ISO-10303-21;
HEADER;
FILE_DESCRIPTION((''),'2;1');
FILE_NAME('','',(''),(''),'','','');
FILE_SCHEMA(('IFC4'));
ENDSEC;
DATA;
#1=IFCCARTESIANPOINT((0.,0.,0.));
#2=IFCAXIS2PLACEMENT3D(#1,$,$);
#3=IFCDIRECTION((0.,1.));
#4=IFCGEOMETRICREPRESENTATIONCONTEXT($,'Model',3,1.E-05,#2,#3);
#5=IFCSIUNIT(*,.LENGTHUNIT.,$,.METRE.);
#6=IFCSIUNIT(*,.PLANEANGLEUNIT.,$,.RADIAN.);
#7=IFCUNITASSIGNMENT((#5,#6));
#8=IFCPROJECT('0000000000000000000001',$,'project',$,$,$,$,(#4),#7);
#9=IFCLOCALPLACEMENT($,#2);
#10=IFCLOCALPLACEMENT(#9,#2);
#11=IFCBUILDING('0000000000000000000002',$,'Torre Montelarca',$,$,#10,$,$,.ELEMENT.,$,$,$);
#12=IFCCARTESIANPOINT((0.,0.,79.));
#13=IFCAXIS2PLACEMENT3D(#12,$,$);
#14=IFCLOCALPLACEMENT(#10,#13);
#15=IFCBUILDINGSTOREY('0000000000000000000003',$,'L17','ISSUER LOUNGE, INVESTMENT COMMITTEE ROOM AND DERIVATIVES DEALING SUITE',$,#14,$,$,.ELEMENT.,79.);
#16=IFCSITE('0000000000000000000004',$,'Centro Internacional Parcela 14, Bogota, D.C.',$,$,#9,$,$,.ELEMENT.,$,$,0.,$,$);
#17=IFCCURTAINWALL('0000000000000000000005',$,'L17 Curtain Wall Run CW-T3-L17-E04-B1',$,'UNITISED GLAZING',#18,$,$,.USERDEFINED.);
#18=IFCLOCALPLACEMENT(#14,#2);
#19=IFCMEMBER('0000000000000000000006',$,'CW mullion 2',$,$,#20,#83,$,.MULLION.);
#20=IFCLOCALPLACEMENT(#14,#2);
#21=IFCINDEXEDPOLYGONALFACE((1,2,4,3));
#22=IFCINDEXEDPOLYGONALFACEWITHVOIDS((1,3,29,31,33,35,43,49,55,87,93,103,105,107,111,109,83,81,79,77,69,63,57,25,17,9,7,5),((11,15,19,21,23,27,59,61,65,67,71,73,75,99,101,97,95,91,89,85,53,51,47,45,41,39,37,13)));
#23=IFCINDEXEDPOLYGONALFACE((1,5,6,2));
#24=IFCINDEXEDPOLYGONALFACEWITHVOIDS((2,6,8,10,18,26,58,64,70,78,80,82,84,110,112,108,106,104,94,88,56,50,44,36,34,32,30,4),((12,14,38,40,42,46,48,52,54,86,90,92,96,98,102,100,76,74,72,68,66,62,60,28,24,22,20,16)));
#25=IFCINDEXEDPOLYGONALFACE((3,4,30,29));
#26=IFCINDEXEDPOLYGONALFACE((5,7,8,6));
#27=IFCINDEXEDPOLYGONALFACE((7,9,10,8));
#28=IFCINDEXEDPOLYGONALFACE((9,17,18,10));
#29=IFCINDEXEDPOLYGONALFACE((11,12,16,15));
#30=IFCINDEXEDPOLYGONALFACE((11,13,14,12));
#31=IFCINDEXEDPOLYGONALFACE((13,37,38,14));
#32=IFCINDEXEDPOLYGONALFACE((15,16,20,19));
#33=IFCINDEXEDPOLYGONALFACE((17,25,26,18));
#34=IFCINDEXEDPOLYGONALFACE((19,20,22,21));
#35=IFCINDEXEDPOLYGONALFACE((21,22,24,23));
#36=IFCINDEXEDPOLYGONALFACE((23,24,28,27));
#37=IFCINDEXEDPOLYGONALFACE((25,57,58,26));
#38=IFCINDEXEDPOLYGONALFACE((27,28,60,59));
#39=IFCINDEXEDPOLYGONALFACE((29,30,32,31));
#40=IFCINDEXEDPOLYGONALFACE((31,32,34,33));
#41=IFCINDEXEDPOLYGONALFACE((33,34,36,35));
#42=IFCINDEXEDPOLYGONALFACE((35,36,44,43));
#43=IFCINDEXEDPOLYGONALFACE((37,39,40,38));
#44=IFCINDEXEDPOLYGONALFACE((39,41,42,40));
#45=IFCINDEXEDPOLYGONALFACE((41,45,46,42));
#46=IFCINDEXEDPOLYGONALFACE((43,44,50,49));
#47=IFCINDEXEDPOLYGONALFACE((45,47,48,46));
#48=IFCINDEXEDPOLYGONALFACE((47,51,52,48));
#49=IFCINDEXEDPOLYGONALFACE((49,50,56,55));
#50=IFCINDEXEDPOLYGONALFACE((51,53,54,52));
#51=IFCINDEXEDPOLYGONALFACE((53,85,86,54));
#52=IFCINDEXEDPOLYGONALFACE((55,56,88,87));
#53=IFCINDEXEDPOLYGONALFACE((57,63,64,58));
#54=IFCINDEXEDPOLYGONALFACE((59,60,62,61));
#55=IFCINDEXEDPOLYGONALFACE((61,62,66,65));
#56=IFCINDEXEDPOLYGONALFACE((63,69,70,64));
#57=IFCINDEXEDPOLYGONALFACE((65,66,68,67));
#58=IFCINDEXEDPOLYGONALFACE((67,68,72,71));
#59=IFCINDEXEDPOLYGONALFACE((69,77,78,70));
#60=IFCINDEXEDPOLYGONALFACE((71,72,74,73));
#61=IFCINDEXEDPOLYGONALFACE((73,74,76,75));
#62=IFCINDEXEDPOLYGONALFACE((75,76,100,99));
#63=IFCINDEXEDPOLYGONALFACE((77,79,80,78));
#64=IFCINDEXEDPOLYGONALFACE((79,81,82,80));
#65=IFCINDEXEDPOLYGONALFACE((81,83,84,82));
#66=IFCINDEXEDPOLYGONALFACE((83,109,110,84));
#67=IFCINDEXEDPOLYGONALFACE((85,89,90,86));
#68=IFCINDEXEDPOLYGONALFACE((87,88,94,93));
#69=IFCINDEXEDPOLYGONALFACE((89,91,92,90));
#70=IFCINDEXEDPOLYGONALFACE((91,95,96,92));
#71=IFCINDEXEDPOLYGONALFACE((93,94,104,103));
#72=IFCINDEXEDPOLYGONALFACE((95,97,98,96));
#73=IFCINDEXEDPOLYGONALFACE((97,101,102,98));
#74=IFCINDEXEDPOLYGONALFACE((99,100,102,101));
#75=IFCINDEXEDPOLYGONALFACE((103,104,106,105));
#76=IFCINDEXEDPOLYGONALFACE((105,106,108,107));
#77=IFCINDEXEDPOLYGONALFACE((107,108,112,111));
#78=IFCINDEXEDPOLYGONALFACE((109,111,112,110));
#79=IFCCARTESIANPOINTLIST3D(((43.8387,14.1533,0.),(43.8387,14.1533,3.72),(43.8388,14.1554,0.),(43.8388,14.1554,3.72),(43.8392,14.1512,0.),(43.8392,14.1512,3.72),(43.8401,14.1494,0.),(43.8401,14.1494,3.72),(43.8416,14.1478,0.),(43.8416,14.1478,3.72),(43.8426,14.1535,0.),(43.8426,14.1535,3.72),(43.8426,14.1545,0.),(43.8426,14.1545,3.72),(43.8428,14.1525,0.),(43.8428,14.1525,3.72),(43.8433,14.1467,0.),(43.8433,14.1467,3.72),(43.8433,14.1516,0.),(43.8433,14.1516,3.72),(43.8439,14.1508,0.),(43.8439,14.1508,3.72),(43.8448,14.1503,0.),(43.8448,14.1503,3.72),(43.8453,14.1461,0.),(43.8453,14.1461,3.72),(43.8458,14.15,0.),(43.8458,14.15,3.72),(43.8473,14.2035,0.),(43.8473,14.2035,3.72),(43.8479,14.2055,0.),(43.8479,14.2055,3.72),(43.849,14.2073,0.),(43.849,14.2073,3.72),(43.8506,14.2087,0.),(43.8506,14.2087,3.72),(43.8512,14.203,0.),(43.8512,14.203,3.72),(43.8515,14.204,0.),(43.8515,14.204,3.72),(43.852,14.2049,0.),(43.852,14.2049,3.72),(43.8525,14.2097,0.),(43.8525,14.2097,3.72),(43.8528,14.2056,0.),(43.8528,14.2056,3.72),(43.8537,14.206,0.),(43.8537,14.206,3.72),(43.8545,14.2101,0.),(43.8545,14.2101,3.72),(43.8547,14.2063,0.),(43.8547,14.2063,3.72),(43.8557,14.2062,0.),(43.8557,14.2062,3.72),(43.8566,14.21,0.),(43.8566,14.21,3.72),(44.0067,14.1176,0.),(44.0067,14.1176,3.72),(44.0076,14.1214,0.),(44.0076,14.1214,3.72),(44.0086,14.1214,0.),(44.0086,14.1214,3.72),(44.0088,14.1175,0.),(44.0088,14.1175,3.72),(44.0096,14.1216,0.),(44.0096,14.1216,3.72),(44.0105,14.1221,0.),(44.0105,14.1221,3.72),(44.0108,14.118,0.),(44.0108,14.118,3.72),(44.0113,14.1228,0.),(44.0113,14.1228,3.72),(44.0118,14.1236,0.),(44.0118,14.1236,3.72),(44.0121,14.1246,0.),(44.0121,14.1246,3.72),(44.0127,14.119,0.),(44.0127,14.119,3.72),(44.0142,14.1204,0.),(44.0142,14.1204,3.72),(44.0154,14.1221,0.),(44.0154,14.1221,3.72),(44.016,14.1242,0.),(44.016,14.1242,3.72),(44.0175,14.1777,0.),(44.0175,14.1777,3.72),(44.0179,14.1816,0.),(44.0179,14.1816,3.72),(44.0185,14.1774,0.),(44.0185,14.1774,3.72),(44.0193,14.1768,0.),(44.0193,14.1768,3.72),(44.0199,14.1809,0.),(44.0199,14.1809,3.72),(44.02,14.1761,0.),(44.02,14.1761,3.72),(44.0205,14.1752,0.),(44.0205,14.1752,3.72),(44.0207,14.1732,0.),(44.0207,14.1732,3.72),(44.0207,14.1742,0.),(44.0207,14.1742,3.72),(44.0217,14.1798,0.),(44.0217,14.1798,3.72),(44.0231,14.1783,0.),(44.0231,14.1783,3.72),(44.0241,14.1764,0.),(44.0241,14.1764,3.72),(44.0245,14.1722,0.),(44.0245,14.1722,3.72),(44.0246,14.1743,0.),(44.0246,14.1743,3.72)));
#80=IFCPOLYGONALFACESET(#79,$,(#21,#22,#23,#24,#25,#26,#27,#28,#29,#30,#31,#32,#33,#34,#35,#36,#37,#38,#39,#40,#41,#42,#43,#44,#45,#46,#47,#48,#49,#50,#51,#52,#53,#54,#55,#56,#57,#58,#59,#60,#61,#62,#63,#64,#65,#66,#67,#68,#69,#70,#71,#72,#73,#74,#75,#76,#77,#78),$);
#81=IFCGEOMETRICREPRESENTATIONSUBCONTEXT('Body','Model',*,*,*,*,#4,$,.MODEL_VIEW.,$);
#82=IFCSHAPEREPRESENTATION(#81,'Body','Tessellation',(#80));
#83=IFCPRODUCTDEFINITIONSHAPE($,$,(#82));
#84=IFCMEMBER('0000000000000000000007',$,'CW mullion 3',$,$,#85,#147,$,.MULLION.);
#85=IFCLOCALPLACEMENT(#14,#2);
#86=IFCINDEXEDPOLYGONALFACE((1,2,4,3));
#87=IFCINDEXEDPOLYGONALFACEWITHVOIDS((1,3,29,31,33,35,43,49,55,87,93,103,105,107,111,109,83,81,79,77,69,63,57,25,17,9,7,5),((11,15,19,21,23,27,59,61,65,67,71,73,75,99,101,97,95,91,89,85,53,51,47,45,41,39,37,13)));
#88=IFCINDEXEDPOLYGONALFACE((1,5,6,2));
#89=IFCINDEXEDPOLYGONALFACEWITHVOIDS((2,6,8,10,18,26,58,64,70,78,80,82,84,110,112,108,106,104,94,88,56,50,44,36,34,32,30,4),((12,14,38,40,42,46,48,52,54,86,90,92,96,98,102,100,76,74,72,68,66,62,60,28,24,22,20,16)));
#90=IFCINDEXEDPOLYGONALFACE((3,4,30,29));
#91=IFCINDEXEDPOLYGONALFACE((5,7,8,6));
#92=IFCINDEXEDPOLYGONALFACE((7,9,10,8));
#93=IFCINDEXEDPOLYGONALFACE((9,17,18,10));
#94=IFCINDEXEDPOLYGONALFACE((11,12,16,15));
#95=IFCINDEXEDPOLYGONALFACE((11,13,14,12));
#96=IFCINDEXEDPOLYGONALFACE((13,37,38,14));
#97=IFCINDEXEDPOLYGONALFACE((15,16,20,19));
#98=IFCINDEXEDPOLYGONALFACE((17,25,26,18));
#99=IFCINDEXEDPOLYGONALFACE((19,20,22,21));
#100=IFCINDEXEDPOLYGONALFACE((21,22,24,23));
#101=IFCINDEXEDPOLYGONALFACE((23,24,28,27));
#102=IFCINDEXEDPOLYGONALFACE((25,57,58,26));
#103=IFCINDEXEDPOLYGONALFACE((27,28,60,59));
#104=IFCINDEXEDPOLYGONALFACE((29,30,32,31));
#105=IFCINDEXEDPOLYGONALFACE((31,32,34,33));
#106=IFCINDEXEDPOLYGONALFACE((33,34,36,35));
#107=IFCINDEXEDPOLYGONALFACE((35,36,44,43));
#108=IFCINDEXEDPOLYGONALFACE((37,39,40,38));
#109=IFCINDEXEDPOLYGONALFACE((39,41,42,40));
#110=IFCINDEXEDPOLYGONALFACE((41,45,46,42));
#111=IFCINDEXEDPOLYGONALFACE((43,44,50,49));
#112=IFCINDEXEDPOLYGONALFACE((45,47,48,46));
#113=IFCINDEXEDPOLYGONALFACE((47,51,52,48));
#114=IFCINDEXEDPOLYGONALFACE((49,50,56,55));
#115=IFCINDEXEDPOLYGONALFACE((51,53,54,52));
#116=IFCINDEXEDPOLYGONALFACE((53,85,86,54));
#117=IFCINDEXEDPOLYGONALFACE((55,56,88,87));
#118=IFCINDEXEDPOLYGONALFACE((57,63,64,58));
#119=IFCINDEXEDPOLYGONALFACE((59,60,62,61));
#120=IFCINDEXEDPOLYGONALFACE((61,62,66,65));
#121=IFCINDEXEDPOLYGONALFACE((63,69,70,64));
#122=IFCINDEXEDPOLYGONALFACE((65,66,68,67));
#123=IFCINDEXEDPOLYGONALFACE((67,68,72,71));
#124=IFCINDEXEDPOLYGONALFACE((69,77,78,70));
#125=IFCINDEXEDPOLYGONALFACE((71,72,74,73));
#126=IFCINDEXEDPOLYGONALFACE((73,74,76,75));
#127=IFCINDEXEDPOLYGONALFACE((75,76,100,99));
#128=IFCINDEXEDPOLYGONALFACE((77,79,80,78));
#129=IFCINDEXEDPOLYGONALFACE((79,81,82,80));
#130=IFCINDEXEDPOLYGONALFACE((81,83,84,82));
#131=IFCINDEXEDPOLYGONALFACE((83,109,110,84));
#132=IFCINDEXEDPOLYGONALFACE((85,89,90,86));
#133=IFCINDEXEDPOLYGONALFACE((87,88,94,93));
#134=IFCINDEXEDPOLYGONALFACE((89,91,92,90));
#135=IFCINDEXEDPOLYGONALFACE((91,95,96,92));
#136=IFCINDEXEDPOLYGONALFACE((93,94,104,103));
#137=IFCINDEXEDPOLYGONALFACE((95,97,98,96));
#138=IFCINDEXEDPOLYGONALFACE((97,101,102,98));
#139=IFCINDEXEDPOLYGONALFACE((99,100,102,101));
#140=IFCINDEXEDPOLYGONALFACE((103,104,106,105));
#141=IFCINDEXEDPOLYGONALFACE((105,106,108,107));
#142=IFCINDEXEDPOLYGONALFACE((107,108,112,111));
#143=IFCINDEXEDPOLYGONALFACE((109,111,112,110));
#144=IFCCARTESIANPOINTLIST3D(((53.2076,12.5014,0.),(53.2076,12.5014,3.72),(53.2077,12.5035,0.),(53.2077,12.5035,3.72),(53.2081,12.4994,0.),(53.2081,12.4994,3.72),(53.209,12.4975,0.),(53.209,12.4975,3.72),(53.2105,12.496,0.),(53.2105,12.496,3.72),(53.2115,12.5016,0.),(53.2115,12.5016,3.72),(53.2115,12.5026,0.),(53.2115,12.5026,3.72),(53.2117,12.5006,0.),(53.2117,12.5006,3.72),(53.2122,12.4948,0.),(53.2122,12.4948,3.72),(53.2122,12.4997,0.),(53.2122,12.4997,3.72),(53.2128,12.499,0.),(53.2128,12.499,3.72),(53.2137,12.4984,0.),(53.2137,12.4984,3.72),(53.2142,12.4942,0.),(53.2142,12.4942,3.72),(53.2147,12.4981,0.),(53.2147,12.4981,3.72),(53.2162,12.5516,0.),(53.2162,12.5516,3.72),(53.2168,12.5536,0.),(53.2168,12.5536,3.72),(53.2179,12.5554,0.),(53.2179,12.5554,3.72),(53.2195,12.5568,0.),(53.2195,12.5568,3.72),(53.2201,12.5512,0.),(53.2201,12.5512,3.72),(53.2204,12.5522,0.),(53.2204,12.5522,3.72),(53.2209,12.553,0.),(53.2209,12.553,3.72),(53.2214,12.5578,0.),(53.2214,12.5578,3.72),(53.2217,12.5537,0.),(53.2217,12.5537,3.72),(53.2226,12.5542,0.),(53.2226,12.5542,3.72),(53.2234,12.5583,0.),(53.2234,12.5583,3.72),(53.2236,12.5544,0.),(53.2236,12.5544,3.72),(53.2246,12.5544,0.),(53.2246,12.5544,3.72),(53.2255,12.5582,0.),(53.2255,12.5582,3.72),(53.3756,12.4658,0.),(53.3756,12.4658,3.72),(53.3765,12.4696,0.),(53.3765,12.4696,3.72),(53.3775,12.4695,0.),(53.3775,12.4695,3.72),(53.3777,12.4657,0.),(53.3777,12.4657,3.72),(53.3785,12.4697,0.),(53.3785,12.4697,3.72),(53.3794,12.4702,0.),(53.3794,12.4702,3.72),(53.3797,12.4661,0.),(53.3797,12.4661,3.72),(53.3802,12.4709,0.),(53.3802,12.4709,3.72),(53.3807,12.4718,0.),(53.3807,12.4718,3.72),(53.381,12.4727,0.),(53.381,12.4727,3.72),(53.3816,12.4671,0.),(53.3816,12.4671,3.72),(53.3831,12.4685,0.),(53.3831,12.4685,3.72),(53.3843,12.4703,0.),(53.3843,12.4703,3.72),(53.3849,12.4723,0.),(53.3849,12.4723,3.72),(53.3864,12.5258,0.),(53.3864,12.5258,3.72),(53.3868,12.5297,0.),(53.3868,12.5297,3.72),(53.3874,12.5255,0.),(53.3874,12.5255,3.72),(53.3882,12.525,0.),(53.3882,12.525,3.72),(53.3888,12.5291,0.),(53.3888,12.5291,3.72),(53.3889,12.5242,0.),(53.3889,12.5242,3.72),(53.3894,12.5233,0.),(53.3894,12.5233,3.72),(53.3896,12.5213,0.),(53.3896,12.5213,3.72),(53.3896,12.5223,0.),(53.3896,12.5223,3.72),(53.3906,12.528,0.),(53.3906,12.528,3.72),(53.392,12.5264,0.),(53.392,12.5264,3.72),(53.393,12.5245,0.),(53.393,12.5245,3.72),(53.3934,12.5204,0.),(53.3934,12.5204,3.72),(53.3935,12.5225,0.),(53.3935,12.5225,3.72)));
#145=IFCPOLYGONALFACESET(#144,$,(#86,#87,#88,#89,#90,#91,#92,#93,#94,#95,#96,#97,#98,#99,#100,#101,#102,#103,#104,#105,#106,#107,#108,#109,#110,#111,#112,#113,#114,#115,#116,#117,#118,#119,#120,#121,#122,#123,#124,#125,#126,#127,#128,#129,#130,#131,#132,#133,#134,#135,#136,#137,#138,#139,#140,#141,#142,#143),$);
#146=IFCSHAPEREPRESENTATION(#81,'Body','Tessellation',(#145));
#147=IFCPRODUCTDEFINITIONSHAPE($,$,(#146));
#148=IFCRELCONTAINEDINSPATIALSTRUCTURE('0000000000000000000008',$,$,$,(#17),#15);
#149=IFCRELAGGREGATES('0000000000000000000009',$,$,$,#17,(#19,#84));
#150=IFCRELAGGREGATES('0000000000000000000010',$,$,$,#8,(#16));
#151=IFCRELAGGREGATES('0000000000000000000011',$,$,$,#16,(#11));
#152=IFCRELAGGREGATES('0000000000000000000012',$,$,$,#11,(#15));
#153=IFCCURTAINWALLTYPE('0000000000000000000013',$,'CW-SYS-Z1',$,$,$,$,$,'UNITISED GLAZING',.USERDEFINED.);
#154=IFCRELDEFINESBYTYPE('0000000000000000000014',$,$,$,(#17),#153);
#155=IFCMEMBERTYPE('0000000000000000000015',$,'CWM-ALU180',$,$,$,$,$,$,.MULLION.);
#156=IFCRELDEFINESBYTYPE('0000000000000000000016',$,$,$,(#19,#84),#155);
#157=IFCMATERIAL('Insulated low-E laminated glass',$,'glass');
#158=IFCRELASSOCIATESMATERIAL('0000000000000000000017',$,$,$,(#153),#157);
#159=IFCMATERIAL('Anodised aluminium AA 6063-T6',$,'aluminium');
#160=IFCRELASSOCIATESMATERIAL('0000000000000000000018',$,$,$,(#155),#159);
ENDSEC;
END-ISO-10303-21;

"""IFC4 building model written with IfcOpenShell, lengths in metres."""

from ifc_helpers import new_model, si_unit, direction, frame, origin, origin_2d, place, context, subcontext, project, spatial, hollow_rectangle, extrude, source, transform, mapped, material, material_profile, profile_set, type_object, element, aggregate, save


model = new_model("IFC4")

# Units and contexts
model_context = context("Model", 3, precision=1e-05, world=origin(), true_north=direction((0.0, 1.0)))
body_context = subcontext(model_context, "Body", "Model", "MODEL_VIEW")
ifc_project = project(units=[si_unit("LENGTHUNIT", "METRE"), si_unit("PLANEANGLEUNIT", "RADIAN")], contexts=[model_context])

# Site, building, storey
site_placement = place(None, origin())
site = spatial("IfcSite", under=ifc_project, at=site_placement, Name="Centro Internacional Parcela 14, Bogota, D.C.", CompositionType="ELEMENT", RefElevation=0.0)
building_placement = place(site_placement, origin())
building = spatial("IfcBuilding", under=site, at=building_placement, Name="Torre Montelarca", CompositionType="ELEMENT")
storey_placement = place(building_placement, frame((0.0, 0.0, 79.0)))
storey = spatial("IfcBuildingStorey", under=building, at=storey_placement, Name="L17", Description="ISSUER LOUNGE, INVESTMENT COMMITTEE ROOM AND DERIVATIVES DEALING SUITE", CompositionType="ELEMENT", Elevation=79.0)

# Curtain wall
ifc_material_1 = material(Name="Insulated low-E laminated glass", Category="glass")
curtain_wall_type = type_object("IfcCurtainWallType", Name="CW-SYS-Z1", ElementType="UNITISED GLAZING", PredefinedType="USERDEFINED", material=ifc_material_1)
curtain_wall_1_placement = place(storey_placement, origin())
curtain_wall_1 = element("IfcCurtainWall", 1, at=curtain_wall_1_placement, inside=storey, type_object=curtain_wall_type, Name="L17 Curtain Wall Run CW-T3-L17-E04-B1", ObjectType="UNITISED GLAZING", PredefinedType="USERDEFINED")
ifc_material_2 = material(Name="Anodised aluminium AA 6063-T6", Category="aluminium")

# Members
ifc_material_profile_1 = material_profile(ifc_material_2, hollow_rectangle(XDim=0.0649, YDim=0.1799, WallThickness=0.0039, InnerFilletRadius=0.0039, OuterFilletRadius=0.0081, at=origin_2d()), Name="ALU65X180X4", Category="aluminium")
ifc_profile_set_1 = profile_set([ifc_material_profile_1], Name="Anodised aluminium AA 6063-T6")
member_type_1 = type_object("IfcMemberType", Name="CWM-ALU180", PredefinedType="MULLION", material=ifc_profile_set_1)
shared_shape_1 = source(origin(), body_context, "Body", "SweptSolid", [
    extrude(hollow_rectangle(XDim=0.0649, YDim=0.1799, WallThickness=0.0039, InnerFilletRadius=0.0039, OuterFilletRadius=0.0081, at=origin_2d()), origin(), (0.0, 0.0, 1.0), 3.72),
])
member_1_placement = place(storey_placement, frame((43.9316, 14.1638, 0.0), z_axis=(0.0, 0.0, 1.0), x_axis=(0.173643, 0.984809, 0.0)))
member_1 = element("IfcMember", 2, at=member_1_placement, type_object=member_type_1, Name="CW mullion 2", PredefinedType="MULLION", context=body_context, shape_type="MappedRepresentation", body=[
    mapped(shared_shape_1, transform((0.0, 0.0, 0.0), scale=1.0)),
])
member_2_placement = place(storey_placement, frame((53.3005, 12.512, 0.0), z_axis=(0.0, 0.0, 1.0), x_axis=(0.173643, 0.984809, 0.0)))
member_2 = element("IfcMember", 3, at=member_2_placement, type_object=member_type_1, Name="CW mullion 3", PredefinedType="MULLION", context=body_context, shape_type="MappedRepresentation", body=[
    mapped(shared_shape_1, transform((0.0, 0.0, 0.0), scale=1.0)),
])

aggregate(curtain_wall_1, [member_1, member_2])

save(model, "model.ifc")
